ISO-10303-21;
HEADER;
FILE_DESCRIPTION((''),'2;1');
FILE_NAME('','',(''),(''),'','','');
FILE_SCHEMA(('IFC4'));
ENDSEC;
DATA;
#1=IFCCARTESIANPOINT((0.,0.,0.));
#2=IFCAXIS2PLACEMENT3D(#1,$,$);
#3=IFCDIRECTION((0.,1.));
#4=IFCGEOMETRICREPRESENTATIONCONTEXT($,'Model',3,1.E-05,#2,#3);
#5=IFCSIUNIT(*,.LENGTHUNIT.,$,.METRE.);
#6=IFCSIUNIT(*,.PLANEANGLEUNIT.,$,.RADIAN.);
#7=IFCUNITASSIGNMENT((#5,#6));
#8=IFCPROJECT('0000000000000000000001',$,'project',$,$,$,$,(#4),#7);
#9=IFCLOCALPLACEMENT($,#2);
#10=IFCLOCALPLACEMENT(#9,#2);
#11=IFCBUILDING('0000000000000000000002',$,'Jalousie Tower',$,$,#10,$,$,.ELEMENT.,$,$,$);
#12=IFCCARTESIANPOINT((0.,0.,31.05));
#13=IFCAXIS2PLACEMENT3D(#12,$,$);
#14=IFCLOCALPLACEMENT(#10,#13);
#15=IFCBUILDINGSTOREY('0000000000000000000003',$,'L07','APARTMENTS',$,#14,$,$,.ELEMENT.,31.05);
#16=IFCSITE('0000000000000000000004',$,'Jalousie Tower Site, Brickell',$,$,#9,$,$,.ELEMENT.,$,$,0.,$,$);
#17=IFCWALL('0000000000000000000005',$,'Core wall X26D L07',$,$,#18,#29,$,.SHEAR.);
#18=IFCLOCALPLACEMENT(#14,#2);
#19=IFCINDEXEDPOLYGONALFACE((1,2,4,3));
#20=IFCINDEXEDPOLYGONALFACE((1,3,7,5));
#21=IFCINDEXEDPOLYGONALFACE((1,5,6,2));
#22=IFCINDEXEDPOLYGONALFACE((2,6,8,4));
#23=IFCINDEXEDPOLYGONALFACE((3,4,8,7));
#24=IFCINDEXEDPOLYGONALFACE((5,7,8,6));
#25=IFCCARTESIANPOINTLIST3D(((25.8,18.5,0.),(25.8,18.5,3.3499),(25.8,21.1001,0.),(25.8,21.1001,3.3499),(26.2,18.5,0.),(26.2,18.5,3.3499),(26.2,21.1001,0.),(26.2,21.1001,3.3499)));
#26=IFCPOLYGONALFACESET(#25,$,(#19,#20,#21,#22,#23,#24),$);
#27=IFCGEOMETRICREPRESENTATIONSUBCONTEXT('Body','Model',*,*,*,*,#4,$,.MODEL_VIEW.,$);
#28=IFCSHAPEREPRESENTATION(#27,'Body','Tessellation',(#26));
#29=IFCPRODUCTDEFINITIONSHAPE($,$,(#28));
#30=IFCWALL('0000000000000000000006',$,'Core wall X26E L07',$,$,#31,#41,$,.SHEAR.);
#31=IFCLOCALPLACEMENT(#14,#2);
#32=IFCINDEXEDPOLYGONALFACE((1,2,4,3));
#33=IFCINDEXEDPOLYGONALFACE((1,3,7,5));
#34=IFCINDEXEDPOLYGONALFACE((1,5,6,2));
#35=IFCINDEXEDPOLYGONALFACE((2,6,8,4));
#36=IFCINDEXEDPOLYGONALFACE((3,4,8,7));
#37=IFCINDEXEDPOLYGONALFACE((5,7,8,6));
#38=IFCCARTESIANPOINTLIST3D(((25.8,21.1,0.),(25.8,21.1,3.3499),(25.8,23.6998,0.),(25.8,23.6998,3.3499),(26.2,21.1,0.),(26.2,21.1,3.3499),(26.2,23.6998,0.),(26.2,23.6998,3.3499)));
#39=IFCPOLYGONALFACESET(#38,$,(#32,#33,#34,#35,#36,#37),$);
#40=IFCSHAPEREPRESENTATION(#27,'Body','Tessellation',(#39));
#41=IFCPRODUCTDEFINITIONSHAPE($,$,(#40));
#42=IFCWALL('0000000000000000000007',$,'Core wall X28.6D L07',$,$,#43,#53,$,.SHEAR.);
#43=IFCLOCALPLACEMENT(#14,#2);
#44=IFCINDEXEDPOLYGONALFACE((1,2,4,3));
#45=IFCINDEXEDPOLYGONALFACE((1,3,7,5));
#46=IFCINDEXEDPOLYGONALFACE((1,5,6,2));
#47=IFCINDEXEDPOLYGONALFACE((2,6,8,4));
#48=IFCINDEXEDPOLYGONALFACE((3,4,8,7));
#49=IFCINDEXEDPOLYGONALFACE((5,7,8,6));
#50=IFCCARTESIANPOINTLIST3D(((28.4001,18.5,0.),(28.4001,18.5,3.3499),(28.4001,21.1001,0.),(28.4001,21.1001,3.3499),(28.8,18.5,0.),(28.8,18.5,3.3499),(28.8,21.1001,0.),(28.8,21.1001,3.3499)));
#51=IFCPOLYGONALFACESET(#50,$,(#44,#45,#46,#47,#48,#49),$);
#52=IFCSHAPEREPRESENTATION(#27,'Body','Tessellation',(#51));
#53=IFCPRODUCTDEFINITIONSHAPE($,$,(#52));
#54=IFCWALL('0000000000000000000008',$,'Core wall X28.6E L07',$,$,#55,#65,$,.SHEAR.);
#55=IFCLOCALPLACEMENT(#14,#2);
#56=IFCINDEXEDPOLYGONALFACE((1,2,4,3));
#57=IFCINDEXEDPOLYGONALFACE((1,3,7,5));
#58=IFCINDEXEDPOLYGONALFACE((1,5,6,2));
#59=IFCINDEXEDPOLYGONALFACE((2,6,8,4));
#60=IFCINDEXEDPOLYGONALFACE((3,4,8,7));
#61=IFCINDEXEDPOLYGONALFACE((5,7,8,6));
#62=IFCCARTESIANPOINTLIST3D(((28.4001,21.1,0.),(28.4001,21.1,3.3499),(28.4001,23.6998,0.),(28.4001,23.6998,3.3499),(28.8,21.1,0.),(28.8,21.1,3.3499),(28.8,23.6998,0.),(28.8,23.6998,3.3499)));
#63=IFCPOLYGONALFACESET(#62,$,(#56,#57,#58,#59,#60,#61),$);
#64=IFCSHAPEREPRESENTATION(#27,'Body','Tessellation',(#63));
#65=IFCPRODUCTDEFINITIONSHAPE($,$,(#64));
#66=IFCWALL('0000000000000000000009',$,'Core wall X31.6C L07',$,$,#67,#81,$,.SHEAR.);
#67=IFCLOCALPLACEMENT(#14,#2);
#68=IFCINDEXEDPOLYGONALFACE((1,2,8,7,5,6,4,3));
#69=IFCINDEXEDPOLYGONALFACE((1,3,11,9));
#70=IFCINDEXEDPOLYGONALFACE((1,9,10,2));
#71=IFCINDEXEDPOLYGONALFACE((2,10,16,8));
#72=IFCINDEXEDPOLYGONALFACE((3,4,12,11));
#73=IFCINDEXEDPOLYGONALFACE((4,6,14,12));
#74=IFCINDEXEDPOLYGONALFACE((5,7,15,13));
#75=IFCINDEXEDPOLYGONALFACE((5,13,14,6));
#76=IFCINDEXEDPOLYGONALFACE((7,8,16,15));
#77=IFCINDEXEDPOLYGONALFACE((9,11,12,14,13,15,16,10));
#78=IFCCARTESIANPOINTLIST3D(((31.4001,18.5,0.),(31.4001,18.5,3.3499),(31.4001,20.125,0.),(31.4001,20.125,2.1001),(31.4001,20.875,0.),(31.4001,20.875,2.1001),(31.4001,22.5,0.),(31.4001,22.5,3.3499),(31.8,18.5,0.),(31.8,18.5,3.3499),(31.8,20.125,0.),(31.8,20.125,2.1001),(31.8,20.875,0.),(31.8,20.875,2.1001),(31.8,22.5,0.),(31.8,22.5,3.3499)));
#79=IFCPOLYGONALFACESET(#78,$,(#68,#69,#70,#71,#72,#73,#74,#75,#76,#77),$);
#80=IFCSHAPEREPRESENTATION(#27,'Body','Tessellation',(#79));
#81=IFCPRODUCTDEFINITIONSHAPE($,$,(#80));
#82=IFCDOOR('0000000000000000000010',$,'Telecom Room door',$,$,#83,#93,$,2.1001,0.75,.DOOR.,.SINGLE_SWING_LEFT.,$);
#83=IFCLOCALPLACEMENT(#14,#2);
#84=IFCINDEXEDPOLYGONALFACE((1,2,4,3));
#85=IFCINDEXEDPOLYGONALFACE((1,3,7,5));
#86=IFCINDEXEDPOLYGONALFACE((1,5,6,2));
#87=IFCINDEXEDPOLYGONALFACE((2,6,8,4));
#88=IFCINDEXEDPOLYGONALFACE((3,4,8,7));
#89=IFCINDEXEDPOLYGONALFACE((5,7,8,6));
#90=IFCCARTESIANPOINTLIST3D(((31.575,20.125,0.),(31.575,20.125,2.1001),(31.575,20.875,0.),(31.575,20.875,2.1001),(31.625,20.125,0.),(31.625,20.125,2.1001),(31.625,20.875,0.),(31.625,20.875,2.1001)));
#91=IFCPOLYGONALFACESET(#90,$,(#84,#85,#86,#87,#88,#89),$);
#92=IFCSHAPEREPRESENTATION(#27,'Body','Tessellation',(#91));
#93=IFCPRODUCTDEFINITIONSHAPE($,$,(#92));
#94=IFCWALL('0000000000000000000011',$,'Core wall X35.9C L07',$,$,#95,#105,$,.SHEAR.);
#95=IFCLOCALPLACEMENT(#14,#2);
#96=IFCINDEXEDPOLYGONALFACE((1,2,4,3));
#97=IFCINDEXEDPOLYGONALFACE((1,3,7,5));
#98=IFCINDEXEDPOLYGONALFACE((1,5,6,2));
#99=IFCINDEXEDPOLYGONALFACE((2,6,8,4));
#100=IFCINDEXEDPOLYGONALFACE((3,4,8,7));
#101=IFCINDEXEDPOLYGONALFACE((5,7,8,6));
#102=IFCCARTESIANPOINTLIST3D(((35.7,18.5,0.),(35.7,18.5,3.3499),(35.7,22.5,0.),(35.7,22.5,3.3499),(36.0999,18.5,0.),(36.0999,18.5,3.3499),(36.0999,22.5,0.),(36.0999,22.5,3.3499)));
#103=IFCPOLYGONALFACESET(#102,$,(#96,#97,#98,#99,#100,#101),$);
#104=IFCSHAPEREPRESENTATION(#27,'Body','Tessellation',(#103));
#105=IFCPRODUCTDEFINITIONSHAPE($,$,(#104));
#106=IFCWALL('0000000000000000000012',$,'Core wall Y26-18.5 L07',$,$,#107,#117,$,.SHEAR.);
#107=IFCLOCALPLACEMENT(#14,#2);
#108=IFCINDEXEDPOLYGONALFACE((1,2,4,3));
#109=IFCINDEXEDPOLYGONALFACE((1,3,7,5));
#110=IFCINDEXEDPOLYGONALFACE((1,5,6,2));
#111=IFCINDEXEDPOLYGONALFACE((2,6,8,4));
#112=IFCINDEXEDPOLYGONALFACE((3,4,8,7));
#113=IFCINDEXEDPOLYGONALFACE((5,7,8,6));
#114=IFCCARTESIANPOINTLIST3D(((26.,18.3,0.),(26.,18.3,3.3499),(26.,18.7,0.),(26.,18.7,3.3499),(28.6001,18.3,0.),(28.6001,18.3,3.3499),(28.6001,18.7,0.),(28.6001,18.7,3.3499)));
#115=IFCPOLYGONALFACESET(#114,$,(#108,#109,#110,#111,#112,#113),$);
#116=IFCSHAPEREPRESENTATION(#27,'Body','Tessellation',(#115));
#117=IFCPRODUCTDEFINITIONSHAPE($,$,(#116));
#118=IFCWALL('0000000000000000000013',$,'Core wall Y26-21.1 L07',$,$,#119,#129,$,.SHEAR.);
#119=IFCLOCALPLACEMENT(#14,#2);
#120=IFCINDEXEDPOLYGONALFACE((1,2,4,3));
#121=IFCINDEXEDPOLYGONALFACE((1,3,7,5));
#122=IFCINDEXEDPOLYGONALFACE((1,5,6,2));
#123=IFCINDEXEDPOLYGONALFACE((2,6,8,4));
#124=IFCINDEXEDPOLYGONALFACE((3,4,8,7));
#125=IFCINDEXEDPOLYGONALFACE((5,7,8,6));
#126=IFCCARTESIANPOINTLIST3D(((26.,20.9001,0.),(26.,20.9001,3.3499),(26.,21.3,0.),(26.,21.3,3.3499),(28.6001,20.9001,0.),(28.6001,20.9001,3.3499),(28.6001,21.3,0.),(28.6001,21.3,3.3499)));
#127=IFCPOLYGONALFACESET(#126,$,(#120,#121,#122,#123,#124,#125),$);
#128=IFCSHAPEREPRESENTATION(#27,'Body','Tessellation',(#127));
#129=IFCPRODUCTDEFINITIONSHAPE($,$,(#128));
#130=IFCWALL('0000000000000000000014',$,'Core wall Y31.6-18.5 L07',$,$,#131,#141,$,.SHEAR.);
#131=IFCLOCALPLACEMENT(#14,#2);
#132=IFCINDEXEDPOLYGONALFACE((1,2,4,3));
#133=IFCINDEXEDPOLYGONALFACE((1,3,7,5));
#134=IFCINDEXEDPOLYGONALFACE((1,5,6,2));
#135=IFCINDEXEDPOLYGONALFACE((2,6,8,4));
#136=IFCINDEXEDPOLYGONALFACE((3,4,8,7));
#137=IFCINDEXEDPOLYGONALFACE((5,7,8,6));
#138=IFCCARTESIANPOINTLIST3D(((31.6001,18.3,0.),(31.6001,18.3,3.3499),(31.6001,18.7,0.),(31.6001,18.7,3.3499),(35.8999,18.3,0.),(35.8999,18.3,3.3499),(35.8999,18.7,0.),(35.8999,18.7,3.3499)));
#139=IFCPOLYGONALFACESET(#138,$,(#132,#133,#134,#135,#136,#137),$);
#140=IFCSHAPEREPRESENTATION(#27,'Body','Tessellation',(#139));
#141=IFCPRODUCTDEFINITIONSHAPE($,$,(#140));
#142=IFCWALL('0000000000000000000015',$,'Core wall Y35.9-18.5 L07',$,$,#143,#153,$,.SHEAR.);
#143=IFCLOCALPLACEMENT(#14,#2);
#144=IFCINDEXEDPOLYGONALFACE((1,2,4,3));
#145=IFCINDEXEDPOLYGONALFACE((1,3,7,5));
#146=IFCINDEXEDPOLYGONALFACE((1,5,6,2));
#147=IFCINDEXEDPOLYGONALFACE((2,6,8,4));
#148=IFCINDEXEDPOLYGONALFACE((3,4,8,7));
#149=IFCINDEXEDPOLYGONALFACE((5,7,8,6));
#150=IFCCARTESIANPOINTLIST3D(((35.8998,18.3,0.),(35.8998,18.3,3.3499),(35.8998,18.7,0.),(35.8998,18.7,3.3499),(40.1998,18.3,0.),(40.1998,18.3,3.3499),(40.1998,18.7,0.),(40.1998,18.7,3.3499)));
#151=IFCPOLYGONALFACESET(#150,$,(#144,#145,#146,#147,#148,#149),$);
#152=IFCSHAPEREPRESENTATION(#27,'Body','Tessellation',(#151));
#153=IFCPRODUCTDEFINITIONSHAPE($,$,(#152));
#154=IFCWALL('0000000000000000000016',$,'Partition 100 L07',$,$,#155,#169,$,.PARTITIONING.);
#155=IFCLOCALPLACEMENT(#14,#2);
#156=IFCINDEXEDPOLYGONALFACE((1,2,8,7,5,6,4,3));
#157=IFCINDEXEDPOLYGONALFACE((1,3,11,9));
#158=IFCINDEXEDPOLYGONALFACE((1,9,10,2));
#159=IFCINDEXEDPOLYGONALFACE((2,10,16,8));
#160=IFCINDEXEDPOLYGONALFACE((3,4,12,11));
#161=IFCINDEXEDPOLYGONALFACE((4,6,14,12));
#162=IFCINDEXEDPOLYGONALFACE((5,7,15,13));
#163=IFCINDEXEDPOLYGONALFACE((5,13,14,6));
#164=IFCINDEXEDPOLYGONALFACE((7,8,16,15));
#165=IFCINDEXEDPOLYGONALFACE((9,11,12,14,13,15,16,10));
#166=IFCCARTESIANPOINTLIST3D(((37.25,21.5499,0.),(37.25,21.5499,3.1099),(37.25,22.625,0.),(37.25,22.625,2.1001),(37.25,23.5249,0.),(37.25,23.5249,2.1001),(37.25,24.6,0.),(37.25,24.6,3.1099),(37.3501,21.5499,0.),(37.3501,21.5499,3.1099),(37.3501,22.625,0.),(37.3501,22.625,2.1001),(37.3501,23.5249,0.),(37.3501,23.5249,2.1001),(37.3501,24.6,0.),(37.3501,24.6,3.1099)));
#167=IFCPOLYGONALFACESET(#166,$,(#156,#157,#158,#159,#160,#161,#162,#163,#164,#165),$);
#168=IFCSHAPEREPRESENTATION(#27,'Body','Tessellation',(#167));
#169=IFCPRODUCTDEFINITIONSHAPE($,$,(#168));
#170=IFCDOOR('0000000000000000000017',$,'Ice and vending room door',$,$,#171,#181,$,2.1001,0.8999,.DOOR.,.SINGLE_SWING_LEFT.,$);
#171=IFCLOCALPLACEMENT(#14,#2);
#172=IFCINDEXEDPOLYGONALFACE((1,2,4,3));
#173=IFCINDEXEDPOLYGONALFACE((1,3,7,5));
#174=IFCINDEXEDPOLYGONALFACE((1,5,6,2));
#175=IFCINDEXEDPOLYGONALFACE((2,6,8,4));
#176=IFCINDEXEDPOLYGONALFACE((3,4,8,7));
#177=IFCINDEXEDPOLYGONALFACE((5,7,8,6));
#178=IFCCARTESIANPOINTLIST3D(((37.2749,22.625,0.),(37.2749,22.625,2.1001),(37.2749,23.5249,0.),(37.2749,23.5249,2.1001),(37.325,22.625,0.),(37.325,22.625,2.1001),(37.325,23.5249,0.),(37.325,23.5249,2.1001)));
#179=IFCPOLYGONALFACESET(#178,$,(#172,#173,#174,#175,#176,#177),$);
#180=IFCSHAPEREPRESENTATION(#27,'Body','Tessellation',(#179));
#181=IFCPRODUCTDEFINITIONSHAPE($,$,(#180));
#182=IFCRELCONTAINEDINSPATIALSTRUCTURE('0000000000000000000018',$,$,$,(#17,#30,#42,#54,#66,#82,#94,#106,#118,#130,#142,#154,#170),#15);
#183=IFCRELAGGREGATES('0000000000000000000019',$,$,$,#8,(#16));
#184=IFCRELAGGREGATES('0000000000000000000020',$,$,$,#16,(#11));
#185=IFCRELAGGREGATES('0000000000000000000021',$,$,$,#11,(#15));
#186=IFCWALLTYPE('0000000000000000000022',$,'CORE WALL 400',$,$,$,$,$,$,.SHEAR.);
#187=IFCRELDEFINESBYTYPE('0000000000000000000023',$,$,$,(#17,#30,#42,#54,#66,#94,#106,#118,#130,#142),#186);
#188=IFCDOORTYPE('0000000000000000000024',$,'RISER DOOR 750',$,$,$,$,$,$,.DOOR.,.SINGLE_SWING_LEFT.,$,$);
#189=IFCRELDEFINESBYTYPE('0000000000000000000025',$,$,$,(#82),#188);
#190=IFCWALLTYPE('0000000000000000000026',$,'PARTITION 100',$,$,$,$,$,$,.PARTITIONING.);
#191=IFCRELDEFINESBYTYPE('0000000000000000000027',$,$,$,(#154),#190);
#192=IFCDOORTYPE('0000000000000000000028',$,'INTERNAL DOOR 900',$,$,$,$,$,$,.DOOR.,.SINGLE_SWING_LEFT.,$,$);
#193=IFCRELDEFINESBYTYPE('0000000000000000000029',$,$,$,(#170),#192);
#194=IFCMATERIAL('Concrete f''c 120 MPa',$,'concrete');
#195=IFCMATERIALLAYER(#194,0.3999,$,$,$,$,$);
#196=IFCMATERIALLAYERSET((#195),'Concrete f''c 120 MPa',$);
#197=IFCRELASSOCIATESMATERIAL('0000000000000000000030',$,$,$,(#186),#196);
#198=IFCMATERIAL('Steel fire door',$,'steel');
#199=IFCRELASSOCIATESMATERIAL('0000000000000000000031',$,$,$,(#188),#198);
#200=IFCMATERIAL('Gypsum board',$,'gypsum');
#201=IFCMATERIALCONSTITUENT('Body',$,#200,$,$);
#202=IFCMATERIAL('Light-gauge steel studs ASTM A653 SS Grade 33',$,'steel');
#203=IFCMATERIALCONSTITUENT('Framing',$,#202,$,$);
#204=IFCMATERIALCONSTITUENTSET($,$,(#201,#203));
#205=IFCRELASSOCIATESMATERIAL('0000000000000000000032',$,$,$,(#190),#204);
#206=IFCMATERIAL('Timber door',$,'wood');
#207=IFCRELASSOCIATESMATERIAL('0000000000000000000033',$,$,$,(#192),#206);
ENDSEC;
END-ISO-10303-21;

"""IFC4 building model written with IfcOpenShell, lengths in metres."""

from ifc_helpers import new_model, si_unit, direction, frame, frame_2d, origin, place, context, subcontext, project, spatial, rectangle, extrude, material, layer, layer_set, constituent, constituent_set, type_object, element, fill, save


model = new_model("IFC4")

# Units and contexts
model_context = context("Model", 3, precision=1e-05, world=origin(), true_north=direction((0.0, 1.0)))
body_context = subcontext(model_context, "Body", "Model", "MODEL_VIEW")
ifc_project = project(units=[si_unit("LENGTHUNIT", "METRE"), si_unit("PLANEANGLEUNIT", "RADIAN")], contexts=[model_context])

# Site, building, storey
site_placement = place(None, origin())
site = spatial("IfcSite", under=ifc_project, at=site_placement, Name="Jalousie Tower Site, Brickell", CompositionType="ELEMENT", RefElevation=0.0)
building_placement = place(site_placement, origin())
building = spatial("IfcBuilding", under=site, at=building_placement, Name="Jalousie Tower", CompositionType="ELEMENT")
storey_placement = place(building_placement, frame((0.0, 0.0, 31.05)))
storey = spatial("IfcBuildingStorey", under=building, at=storey_placement, Name="L07", Description="APARTMENTS", CompositionType="ELEMENT", Elevation=31.05)

# Walls
ifc_material_1 = material(Name="Concrete f'c 120 MPa", Category="concrete")
ifc_layer = layer(ifc_material_1, 0.3999)
ifc_layer_set = layer_set([ifc_layer], Name="Concrete f'c 120 MPa")
wall_type_1 = type_object("IfcWallType", Name="CORE WALL 400", PredefinedType="SHEAR", material=ifc_layer_set)
wall_1_placement = place(storey_placement, frame((26.0, 18.5, 0.0), z_axis=(0.0, 0.0, 1.0), x_axis=(0.0, 1.0, 0.0)))
element("IfcWall", 1, at=wall_1_placement, inside=storey, type_object=wall_type_1, Name="Core wall X26D L07", PredefinedType="SHEAR", context=body_context, shape_type="SweptSolid", body=[
    extrude(rectangle(XDim=2.6001, YDim=0.3999, at=frame_2d((1.3, 0.0))), origin(), (0.0, 0.0, 1.0), 3.3499),
])
wall_2_placement = place(storey_placement, frame((26.0, 21.1001, 0.0), z_axis=(0.0, 0.0, 1.0), x_axis=(0.0, 1.0, 0.0)))
element("IfcWall", 2, at=wall_2_placement, inside=storey, type_object=wall_type_1, Name="Core wall X26E L07", PredefinedType="SHEAR", context=body_context, shape_type="SweptSolid", body=[
    extrude(rectangle(XDim=2.5999, YDim=0.3999, at=frame_2d((1.2998, 0.0))), origin(), (0.0, 0.0, 1.0), 3.3499),
])
wall_3_placement = place(storey_placement, frame((28.6001, 18.5, 0.0), z_axis=(0.0, 0.0, 1.0), x_axis=(0.0, 1.0, 0.0)))
element("IfcWall", 3, at=wall_3_placement, inside=storey, type_object=wall_type_1, Name="Core wall X28.6D L07", PredefinedType="SHEAR", context=body_context, shape_type="SweptSolid", body=[
    extrude(rectangle(XDim=2.6001, YDim=0.3999, at=frame_2d((1.3, 0.0))), origin(), (0.0, 0.0, 1.0), 3.3499),
])
wall_4_placement = place(storey_placement, frame((28.6001, 21.1001, 0.0), z_axis=(0.0, 0.0, 1.0), x_axis=(0.0, 1.0, 0.0)))
element("IfcWall", 4, at=wall_4_placement, inside=storey, type_object=wall_type_1, Name="Core wall X28.6E L07", PredefinedType="SHEAR", context=body_context, shape_type="SweptSolid", body=[
    extrude(rectangle(XDim=2.5999, YDim=0.3999, at=frame_2d((1.2998, 0.0))), origin(), (0.0, 0.0, 1.0), 3.3499),
])

# Wall, opening, door
wall_5_placement = place(storey_placement, frame((31.6001, 18.5, 0.0), z_axis=(0.0, 0.0, 1.0), x_axis=(0.0, 1.0, 0.0)))
wall_5 = element("IfcWall", 5, at=wall_5_placement, inside=storey, type_object=wall_type_1, Name="Core wall X31.6C L07", PredefinedType="SHEAR", context=body_context, shape_type="SweptSolid", body=[
    extrude(rectangle(XDim=4.0, YDim=0.3999, at=frame_2d((2.0, 0.0))), origin(), (0.0, 0.0, 1.0), 3.3499),
])
opening_1_placement = place(wall_5_placement, frame((1.625, 0.0, 0.0)))
opening_1 = element("IfcOpeningElement", 6, at=opening_1_placement, cuts=wall_5, PredefinedType="OPENING", context=body_context, shape_type="SweptSolid", body=[
    extrude(rectangle(XDim=0.75, YDim=2.1001, at=frame_2d((0.375, 1.05))), frame((0.0, 0.21, 0.0), z_axis=(0.0, -1.0, 0.0), x_axis=(1.0, 0.0, 0.0)), (0.0, 0.0, 1.0), 0.4199),
])
ifc_material_2 = material(Name="Steel fire door", Category="steel")
door_type_1 = type_object("IfcDoorType", Name="RISER DOOR 750", OperationType="SINGLE_SWING_LEFT", PredefinedType="DOOR", material=ifc_material_2)
door_1_placement = place(opening_1_placement, frame((0.75, 0.0, 0.0), z_axis=(0.0, 0.0, 1.0), x_axis=(-1.0, 0.0, 0.0)))
door_1 = element("IfcDoor", 7, at=door_1_placement, inside=storey, type_object=door_type_1, Name="Telecom Room door", OperationType="SINGLE_SWING_LEFT", OverallHeight=2.1001, OverallWidth=0.75, PredefinedType="DOOR", context=body_context, shape_type="SweptSolid", body=[
    extrude(rectangle(XDim=0.75, YDim=2.1001, at=frame_2d((0.375, 1.05))), frame((0.0, 0.0249, 0.0), z_axis=(0.0, -1.0, 0.0), x_axis=(1.0, 0.0, 0.0)), (0.0, 0.0, 1.0), 0.05),
])
fill(opening_1, door_1)

# Walls
wall_6_placement = place(storey_placement, frame((35.8999, 18.5, 0.0), z_axis=(0.0, 0.0, 1.0), x_axis=(0.0, 1.0, 0.0)))
element("IfcWall", 8, at=wall_6_placement, inside=storey, type_object=wall_type_1, Name="Core wall X35.9C L07", PredefinedType="SHEAR", context=body_context, shape_type="SweptSolid", body=[
    extrude(rectangle(XDim=4.0, YDim=0.3999, at=frame_2d((2.0, 0.0))), origin(), (0.0, 0.0, 1.0), 3.3499),
])
for number, where, z_axis, x_axis, name in (
    (9, (26.0, 18.5, 0.0), (0.0, 0.0, 1.0), (1.0, 0.0, 0.0), "Core wall Y26-18.5 L07"),
    (10, (26.0, 21.1001, 0.0), (0.0, 0.0, 1.0), (1.0, 0.0, 0.0), "Core wall Y26-21.1 L07"),
):
    element("IfcWall", number, at=place(storey_placement, frame(where, z_axis=z_axis, x_axis=x_axis)), inside=storey, type_object=wall_type_1, Name=name, PredefinedType="SHEAR", context=body_context, shape_type="SweptSolid", body=[
        extrude(rectangle(XDim=2.6001, YDim=0.3999, at=frame_2d((1.3, 0.0))), origin(), (0.0, 0.0, 1.0), 3.3499),
    ])
wall_7_placement = place(storey_placement, frame((31.6001, 18.5, 0.0), z_axis=(0.0, 0.0, 1.0), x_axis=(1.0, 0.0, 0.0)))
element("IfcWall", 11, at=wall_7_placement, inside=storey, type_object=wall_type_1, Name="Core wall Y31.6-18.5 L07", PredefinedType="SHEAR", context=body_context, shape_type="SweptSolid", body=[
    extrude(rectangle(XDim=4.2998, YDim=0.3999, at=frame_2d((2.1499, 0.0))), origin(), (0.0, 0.0, 1.0), 3.3499),
])
wall_8_placement = place(storey_placement, frame((35.8999, 18.5, 0.0), z_axis=(0.0, 0.0, 1.0), x_axis=(1.0, 0.0, 0.0)))
element("IfcWall", 12, at=wall_8_placement, inside=storey, type_object=wall_type_1, Name="Core wall Y35.9-18.5 L07", PredefinedType="SHEAR", context=body_context, shape_type="SweptSolid", body=[
    extrude(rectangle(XDim=4.3, YDim=0.3999, at=frame_2d((2.1499, 0.0))), origin(), (0.0, 0.0, 1.0), 3.3499),
])

# Wall, opening, door
ifc_material_3 = material(Name="Gypsum board", Category="gypsum")
ifc_constituent_1 = constituent(ifc_material_3, Name="Body")
ifc_material_4 = material(Name="Light-gauge steel studs ASTM A653 SS Grade 33", Category="steel")
ifc_constituent_2 = constituent(ifc_material_4, Name="Framing")
ifc_constituent_set = constituent_set(constituents=[ifc_constituent_1, ifc_constituent_2])
wall_type_2 = type_object("IfcWallType", Name="PARTITION 100", PredefinedType="PARTITIONING", material=ifc_constituent_set)
wall_9_placement = place(storey_placement, frame((37.3, 21.55, 0.0), z_axis=(0.0, 0.0, 1.0), x_axis=(0.0, 1.0, 0.0)))
wall_9 = element("IfcWall", 13, at=wall_9_placement, inside=storey, type_object=wall_type_2, Name="Partition 100 L07", PredefinedType="PARTITIONING", context=body_context, shape_type="SweptSolid", body=[
    extrude(rectangle(XDim=3.05, YDim=0.1001, at=frame_2d((1.5249, 0.0))), origin(), (0.0, 0.0, 1.0), 3.1099),
])
opening_2_placement = place(wall_9_placement, frame((1.075, 0.0, 0.0)))
opening_2 = element("IfcOpeningElement", 14, at=opening_2_placement, cuts=wall_9, PredefinedType="OPENING", context=body_context, shape_type="SweptSolid", body=[
    extrude(rectangle(XDim=0.8999, YDim=2.1001, at=frame_2d((0.45, 1.05))), frame((0.0, 0.0601, 0.0), z_axis=(0.0, -1.0, 0.0), x_axis=(1.0, 0.0, 0.0)), (0.0, 0.0, 1.0), 0.1201),
])
ifc_material_5 = material(Name="Timber door", Category="wood")
door_type_2 = type_object("IfcDoorType", Name="INTERNAL DOOR 900", OperationType="SINGLE_SWING_LEFT", PredefinedType="DOOR", material=ifc_material_5)
door_2_placement = place(opening_2_placement, frame((0.8999, 0.0, 0.0), z_axis=(0.0, 0.0, 1.0), x_axis=(-1.0, 0.0, 0.0)))
door_2 = element("IfcDoor", 15, at=door_2_placement, inside=storey, type_object=door_type_2, Name="Ice and vending room door", OperationType="SINGLE_SWING_LEFT", OverallHeight=2.1001, OverallWidth=0.8999, PredefinedType="DOOR", context=body_context, shape_type="SweptSolid", body=[
    extrude(rectangle(XDim=0.8999, YDim=2.1001, at=frame_2d((0.45, 1.05))), frame((0.0, 0.0249, 0.0), z_axis=(0.0, -1.0, 0.0), x_axis=(1.0, 0.0, 0.0)), (0.0, 0.0, 1.0), 0.05),
])
fill(opening_2, door_2)

save(model, "model.ifc")
